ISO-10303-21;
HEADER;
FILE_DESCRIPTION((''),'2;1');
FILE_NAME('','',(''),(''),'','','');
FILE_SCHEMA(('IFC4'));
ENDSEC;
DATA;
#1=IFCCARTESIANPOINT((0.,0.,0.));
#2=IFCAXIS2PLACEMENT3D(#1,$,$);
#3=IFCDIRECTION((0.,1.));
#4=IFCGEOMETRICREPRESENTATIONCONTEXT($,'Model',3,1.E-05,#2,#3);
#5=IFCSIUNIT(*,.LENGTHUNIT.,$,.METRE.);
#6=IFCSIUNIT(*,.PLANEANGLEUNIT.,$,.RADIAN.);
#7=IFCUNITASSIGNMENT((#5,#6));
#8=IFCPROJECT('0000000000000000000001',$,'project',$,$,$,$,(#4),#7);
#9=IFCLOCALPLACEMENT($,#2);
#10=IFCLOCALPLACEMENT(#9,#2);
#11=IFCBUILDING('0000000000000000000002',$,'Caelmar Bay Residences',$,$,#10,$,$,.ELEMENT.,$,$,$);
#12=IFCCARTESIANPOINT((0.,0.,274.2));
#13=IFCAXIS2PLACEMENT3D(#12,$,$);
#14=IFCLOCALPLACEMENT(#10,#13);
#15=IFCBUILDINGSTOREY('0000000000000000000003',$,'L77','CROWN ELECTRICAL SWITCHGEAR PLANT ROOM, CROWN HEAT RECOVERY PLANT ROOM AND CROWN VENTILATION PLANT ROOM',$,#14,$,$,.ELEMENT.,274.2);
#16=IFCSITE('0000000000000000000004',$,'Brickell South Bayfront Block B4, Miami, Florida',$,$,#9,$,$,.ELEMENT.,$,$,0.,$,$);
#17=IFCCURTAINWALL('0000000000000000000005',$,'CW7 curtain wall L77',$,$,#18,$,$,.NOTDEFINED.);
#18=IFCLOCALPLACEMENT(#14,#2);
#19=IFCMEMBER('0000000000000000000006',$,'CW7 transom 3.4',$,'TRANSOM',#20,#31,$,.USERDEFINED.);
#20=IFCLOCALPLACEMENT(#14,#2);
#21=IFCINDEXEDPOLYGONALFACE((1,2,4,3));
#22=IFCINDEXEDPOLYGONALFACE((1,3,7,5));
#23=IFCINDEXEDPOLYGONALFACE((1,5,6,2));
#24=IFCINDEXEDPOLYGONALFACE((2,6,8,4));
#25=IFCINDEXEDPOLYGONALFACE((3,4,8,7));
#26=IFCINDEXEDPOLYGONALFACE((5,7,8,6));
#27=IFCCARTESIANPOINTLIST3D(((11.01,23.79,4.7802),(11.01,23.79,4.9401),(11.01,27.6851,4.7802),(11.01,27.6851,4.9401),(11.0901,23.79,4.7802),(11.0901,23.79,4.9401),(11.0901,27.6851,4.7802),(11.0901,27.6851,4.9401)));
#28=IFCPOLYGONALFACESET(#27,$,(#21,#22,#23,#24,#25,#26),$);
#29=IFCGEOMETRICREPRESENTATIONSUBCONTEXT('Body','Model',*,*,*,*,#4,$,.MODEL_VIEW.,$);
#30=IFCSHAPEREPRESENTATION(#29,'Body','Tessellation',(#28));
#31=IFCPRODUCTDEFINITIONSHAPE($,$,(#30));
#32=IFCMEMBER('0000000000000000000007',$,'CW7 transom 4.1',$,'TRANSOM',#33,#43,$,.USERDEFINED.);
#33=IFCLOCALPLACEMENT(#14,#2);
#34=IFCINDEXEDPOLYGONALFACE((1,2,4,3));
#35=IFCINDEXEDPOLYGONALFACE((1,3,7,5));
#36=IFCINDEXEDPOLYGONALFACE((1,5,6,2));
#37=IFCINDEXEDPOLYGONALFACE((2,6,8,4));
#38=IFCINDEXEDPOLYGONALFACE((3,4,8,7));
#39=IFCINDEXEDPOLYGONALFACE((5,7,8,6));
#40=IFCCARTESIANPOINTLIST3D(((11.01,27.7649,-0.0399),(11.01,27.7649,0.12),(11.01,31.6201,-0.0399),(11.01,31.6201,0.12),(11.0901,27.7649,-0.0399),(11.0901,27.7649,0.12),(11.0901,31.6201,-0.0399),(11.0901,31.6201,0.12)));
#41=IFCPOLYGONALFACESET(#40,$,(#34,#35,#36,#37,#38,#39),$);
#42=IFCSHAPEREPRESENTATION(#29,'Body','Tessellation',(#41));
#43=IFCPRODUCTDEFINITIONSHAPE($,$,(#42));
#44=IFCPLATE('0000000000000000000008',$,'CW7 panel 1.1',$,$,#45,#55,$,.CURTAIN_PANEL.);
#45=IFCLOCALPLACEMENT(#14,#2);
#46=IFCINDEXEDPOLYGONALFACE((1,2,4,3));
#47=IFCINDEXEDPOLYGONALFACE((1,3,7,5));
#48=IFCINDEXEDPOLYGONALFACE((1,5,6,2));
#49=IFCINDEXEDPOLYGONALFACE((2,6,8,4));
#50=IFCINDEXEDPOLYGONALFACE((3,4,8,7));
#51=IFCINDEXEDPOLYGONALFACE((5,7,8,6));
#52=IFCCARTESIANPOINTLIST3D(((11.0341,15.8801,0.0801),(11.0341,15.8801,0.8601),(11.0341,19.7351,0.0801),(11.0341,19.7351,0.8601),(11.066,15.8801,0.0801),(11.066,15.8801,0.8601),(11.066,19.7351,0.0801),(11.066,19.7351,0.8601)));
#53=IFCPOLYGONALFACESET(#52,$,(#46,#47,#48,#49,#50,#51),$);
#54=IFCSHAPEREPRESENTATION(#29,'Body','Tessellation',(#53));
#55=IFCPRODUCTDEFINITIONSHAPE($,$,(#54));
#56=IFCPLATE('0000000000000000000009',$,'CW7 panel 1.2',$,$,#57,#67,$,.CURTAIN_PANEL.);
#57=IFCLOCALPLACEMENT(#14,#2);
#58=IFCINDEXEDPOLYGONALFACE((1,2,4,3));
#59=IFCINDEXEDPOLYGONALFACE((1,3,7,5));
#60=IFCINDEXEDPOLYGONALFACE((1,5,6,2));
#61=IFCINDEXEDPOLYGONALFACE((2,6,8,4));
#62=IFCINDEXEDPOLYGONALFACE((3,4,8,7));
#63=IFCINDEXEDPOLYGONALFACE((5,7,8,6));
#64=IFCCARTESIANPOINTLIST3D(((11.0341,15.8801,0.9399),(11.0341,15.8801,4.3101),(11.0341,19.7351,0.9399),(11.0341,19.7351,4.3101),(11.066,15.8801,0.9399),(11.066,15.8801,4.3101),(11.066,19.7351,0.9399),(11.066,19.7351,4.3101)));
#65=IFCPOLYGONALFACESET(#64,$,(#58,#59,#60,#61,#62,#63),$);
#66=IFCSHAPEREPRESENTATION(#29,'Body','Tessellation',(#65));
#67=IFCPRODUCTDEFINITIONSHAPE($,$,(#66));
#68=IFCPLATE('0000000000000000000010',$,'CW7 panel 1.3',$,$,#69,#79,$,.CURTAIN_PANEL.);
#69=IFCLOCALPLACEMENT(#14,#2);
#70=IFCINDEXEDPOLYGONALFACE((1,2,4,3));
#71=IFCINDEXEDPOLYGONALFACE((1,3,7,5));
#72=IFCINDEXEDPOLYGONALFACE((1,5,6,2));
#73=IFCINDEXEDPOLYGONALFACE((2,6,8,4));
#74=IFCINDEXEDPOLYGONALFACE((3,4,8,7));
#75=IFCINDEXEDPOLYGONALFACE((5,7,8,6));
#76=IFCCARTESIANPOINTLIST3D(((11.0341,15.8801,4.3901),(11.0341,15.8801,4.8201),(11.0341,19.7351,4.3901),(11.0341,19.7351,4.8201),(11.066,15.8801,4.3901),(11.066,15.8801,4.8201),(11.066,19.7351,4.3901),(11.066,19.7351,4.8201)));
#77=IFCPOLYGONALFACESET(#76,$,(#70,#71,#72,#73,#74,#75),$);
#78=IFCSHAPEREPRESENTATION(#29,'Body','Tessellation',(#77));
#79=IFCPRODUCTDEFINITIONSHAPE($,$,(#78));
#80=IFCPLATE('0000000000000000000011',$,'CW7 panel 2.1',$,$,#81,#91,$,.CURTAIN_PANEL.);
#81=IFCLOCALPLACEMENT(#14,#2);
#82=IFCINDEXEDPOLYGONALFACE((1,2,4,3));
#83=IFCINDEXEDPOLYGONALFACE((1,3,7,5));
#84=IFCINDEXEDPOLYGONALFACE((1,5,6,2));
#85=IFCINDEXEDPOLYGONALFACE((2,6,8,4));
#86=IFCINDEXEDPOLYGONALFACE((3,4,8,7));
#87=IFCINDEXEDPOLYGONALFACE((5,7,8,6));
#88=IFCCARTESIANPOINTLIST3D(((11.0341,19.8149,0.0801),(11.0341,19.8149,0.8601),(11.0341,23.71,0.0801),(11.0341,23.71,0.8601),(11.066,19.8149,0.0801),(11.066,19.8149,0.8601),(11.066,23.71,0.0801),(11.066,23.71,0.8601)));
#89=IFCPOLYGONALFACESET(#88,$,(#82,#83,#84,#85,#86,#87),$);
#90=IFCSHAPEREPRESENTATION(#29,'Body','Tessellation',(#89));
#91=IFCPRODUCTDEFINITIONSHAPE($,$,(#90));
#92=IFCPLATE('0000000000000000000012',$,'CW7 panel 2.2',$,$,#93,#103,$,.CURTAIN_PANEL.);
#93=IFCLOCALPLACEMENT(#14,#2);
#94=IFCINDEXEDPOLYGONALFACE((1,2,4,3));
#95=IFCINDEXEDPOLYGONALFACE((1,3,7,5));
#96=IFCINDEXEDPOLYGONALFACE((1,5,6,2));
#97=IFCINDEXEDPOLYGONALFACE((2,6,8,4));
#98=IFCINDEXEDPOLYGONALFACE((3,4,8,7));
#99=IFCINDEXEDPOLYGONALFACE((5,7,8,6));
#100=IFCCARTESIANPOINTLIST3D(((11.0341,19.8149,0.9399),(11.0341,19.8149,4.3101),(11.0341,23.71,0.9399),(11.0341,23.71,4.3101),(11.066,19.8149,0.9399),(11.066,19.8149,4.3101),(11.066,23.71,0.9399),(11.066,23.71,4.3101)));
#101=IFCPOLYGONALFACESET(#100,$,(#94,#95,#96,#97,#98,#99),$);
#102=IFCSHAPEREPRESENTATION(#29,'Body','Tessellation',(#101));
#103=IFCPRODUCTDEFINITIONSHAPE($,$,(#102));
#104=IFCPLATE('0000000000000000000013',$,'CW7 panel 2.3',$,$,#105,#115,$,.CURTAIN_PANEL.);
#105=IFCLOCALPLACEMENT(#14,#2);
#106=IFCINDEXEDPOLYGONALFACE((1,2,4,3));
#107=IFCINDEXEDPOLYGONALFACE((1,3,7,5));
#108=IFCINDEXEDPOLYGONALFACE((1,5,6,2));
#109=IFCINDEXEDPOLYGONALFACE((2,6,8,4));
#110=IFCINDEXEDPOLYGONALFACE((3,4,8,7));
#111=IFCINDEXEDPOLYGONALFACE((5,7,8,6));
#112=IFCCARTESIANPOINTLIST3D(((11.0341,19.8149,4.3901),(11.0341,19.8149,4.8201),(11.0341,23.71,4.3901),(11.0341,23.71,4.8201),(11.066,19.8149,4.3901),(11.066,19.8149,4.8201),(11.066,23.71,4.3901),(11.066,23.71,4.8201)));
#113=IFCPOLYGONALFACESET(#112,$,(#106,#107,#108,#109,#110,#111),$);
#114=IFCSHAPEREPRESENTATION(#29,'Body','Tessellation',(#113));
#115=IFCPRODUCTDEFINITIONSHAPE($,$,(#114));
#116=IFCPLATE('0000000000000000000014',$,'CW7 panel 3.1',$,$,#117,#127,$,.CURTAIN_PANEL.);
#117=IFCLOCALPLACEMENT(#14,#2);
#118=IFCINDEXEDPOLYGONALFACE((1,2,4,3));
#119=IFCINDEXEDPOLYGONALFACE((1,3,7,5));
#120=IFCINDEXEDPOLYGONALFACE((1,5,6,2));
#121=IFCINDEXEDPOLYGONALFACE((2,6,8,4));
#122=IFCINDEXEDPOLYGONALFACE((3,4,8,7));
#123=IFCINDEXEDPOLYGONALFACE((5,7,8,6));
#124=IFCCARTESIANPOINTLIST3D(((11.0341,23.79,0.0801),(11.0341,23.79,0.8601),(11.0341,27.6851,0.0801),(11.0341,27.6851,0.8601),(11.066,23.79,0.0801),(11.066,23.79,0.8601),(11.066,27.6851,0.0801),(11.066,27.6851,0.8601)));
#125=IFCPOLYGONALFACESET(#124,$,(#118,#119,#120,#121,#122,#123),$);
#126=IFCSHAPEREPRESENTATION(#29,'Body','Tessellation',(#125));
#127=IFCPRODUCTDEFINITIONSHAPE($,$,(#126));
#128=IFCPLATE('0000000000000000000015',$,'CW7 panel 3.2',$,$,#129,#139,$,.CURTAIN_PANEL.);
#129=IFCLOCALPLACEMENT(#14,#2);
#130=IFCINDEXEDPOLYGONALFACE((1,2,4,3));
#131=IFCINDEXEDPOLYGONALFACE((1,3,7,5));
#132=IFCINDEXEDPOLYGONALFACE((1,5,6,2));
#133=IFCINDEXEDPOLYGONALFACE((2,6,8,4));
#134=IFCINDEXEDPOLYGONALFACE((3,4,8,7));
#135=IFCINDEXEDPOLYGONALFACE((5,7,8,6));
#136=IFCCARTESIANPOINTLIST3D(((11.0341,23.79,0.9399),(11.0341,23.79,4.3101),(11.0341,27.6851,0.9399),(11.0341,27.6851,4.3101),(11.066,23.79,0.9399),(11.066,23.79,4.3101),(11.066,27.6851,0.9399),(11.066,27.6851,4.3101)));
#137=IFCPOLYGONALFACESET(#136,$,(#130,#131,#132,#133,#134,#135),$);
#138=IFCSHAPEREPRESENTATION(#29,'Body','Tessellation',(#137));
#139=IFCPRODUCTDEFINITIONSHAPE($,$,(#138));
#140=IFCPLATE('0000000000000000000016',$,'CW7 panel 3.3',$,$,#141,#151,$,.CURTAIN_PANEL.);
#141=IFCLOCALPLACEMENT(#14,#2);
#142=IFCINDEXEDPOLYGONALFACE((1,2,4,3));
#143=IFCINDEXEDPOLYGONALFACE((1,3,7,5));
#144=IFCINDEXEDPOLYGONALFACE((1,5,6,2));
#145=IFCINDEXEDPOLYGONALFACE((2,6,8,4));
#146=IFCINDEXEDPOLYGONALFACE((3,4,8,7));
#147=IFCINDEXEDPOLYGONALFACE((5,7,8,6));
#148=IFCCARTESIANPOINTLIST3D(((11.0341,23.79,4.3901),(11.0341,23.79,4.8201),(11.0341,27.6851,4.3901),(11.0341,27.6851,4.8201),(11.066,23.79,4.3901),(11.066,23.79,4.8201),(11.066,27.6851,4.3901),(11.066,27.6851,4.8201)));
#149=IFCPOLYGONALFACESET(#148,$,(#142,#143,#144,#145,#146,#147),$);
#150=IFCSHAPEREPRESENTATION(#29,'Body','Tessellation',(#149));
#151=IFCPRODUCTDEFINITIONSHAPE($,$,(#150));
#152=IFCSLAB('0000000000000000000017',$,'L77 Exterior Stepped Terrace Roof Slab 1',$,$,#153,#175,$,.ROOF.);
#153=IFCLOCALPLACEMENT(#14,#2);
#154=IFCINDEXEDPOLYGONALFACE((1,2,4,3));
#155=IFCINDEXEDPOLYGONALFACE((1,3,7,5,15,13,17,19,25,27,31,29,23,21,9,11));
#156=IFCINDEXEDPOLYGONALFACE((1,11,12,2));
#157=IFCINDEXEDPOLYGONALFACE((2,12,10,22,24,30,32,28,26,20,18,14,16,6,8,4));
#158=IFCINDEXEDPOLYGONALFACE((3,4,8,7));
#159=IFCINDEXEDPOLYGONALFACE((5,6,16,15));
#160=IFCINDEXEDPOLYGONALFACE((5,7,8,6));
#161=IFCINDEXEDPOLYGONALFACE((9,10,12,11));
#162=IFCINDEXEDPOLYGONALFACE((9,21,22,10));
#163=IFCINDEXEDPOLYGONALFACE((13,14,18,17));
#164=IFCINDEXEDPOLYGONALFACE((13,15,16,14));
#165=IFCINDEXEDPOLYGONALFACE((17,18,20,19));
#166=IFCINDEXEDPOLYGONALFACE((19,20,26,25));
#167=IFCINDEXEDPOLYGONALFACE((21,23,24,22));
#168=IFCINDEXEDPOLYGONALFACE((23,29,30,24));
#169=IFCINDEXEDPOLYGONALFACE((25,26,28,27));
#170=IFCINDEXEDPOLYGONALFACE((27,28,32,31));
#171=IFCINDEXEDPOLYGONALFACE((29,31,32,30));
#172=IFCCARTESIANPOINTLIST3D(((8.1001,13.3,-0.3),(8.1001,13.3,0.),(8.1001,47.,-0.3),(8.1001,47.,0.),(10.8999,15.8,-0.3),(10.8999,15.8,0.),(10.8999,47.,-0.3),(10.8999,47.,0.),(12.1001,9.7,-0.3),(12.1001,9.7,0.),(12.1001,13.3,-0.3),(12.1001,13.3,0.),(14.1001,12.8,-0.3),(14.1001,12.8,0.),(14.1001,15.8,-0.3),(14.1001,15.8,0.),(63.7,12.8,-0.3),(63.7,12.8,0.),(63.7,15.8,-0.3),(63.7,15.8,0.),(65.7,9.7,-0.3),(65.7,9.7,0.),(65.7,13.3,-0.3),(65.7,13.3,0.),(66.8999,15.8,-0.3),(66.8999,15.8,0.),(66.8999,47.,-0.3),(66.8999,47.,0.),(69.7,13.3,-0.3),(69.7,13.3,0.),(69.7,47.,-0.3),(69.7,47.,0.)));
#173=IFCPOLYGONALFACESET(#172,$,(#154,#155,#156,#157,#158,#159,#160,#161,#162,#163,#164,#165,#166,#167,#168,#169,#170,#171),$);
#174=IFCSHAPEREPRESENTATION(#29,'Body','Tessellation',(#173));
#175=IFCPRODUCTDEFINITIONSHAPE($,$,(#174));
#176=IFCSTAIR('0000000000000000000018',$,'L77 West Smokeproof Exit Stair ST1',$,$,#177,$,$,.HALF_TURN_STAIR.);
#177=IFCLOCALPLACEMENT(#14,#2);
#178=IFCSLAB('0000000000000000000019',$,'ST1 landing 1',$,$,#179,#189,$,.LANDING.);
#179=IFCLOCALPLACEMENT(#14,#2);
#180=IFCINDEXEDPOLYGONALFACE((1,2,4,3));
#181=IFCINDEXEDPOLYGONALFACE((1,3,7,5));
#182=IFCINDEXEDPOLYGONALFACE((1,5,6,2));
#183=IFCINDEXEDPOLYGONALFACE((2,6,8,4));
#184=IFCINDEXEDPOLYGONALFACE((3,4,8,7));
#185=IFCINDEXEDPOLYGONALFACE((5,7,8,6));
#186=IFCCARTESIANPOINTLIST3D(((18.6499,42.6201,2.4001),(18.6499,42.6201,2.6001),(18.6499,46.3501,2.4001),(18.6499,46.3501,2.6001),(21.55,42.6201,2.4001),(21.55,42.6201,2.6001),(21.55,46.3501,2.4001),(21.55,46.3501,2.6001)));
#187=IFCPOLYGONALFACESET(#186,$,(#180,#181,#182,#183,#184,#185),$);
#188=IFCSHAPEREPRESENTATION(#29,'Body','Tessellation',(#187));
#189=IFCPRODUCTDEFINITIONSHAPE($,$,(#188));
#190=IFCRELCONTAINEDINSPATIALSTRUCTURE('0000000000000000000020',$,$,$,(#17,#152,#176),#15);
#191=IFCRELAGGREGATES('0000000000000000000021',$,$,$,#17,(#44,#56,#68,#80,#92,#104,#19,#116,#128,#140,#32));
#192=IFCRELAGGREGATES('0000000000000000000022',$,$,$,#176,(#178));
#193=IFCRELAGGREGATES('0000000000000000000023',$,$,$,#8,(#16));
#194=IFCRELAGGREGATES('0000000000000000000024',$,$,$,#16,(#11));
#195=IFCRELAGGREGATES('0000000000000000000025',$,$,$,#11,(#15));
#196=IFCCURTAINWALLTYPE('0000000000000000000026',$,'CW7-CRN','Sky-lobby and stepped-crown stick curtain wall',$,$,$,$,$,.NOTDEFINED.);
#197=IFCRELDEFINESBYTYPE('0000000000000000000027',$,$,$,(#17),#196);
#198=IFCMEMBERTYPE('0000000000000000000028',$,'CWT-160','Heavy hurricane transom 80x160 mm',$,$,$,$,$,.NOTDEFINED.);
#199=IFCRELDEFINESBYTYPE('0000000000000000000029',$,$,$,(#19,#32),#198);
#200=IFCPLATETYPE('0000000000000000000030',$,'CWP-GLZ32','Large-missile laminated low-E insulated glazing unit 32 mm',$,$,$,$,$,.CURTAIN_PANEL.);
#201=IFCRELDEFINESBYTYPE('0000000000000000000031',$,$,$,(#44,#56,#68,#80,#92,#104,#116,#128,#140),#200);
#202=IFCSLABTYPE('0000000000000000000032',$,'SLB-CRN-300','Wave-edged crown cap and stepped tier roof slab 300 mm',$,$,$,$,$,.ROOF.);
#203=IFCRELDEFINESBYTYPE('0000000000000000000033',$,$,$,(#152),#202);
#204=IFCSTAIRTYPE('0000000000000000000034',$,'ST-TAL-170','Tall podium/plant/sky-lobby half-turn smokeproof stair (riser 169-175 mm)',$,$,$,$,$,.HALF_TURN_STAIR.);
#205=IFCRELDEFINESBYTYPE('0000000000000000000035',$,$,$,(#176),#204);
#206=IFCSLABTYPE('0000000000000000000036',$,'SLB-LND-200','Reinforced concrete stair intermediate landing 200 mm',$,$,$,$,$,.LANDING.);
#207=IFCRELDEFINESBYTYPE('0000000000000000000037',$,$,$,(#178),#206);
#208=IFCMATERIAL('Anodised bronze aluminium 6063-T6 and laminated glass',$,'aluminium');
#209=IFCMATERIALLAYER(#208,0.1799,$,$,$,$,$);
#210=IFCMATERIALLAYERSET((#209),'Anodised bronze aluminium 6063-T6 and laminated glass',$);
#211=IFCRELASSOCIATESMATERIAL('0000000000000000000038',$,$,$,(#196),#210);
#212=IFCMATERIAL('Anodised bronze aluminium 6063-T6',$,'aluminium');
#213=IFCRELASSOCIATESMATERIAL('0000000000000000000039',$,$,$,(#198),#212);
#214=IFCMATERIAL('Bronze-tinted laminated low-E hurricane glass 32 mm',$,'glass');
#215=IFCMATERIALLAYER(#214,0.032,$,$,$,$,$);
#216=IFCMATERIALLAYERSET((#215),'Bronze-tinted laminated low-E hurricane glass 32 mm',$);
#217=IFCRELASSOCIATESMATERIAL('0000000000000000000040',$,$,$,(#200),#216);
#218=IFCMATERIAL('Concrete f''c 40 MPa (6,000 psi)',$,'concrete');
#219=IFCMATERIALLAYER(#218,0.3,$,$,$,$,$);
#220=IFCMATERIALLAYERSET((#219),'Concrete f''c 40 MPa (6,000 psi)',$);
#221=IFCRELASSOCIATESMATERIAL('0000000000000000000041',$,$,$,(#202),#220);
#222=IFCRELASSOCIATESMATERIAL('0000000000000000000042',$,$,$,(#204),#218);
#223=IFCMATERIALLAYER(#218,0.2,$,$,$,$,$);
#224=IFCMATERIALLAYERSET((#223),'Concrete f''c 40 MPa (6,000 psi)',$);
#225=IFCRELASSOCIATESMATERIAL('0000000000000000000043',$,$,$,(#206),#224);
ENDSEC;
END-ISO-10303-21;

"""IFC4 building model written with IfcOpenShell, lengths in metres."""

from ifc_helpers import new_model, si_unit, direction, frame, origin, origin_2d, place, context, subcontext, project, spatial, polyline, rectangle, outline, extrude, material, layer, layer_set, material_profile, profile_set, type_object, element, aggregate, save


model = new_model("IFC4")

# Units and contexts
model_context = context("Model", 3, precision=1e-05, world=origin(), true_north=direction((0.0, 1.0)))
body_context = subcontext(model_context, "Body", "Model", "MODEL_VIEW")
ifc_project = project(units=[si_unit("LENGTHUNIT", "METRE"), si_unit("PLANEANGLEUNIT", "RADIAN")], contexts=[model_context])

# Site, building, storey
site_placement = place(None, origin())
site = spatial("IfcSite", under=ifc_project, at=site_placement, Name="Brickell South Bayfront Block B4, Miami, Florida", CompositionType="ELEMENT", RefElevation=0.0)
building_placement = place(site_placement, origin())
building = spatial("IfcBuilding", under=site, at=building_placement, Name="Caelmar Bay Residences", CompositionType="ELEMENT")
storey_placement = place(building_placement, frame((0.0, 0.0, 274.2)))
storey = spatial("IfcBuildingStorey", under=building, at=storey_placement, Name="L77", Description="CROWN ELECTRICAL SWITCHGEAR PLANT ROOM, CROWN HEAT RECOVERY PLANT ROOM AND CROWN VENTILATION PLANT ROOM", CompositionType="ELEMENT", Elevation=274.2)

# Curtain wall, members, plates
ifc_material_1 = material(Name="Anodised bronze aluminium 6063-T6 and laminated glass", Category="aluminium")
ifc_layer_1 = layer(ifc_material_1, 0.1799)
ifc_layer_set_1 = layer_set([ifc_layer_1], Name="Anodised bronze aluminium 6063-T6 and laminated glass")
curtain_wall_type = type_object("IfcCurtainWallType", Name="CW7-CRN", Description="Sky-lobby and stepped-crown stick curtain wall", PredefinedType="NOTDEFINED", material=ifc_layer_set_1)
curtain_wall_placement = place(storey_placement, origin())
curtain_wall = element("IfcCurtainWall", 1, at=curtain_wall_placement, inside=storey, type_object=curtain_wall_type, Name="CW7 curtain wall L77", PredefinedType="NOTDEFINED")
ifc_material_2 = material(Name="Anodised bronze aluminium 6063-T6", Category="aluminium")
ifc_material_profile_1 = material_profile(ifc_material_2, rectangle(XDim=0.0801, YDim=0.1599, at=origin_2d()), Name="CWT-80X160")
ifc_profile_set_1 = profile_set([ifc_material_profile_1], Name="Anodised bronze aluminium 6063-T6")
member_type_1 = type_object("IfcMemberType", Name="CWT-160", Description="Heavy hurricane transom 80x160 mm", PredefinedType="NOTDEFINED", material=ifc_profile_set_1)
member_1_placement = place(storey_placement, frame((11.05, 23.79, 4.8601), z_axis=(0.0, 1.0, 0.0), x_axis=(-1.0, 0.0, 0.0)))
member_1 = element("IfcMember", 2, at=member_1_placement, type_object=member_type_1, Name="CW7 transom 3.4", ObjectType="TRANSOM", PredefinedType="USERDEFINED", context=body_context, shape_type="SweptSolid", body=[
    extrude(rectangle(XDim=0.0801, YDim=0.1599, at=origin_2d()), origin(), (0.0, 0.0, 1.0), 3.895),
])
member_2_placement = place(storey_placement, frame((11.05, 27.7649, 0.04), z_axis=(0.0, 1.0, 0.0), x_axis=(-1.0, 0.0, 0.0)))
member_2 = element("IfcMember", 3, at=member_2_placement, type_object=member_type_1, Name="CW7 transom 4.1", ObjectType="TRANSOM", PredefinedType="USERDEFINED", context=body_context, shape_type="SweptSolid", body=[
    extrude(rectangle(XDim=0.0801, YDim=0.1599, at=origin_2d()), origin(), (0.0, 0.0, 1.0), 3.8552),
])
ifc_material_3 = material(Name="Bronze-tinted laminated low-E hurricane glass 32 mm", Category="glass")
ifc_layer_2 = layer(ifc_material_3, 0.032)
ifc_layer_set_2 = layer_set([ifc_layer_2], Name="Bronze-tinted laminated low-E hurricane glass 32 mm")
plate_type = type_object("IfcPlateType", Name="CWP-GLZ32", Description="Large-missile laminated low-E insulated glazing unit 32 mm", PredefinedType="CURTAIN_PANEL", material=ifc_layer_set_2)
plate_1_placement = place(storey_placement, frame((11.05, 17.8076, 0.0801), z_axis=(0.0, 0.0, 1.0), x_axis=(0.0, 1.0, 0.0)))
plate_1 = element("IfcPlate", 4, at=plate_1_placement, type_object=plate_type, Name="CW7 panel 1.1", PredefinedType="CURTAIN_PANEL", context=body_context, shape_type="SweptSolid", body=[
    extrude(rectangle(XDim=3.855, YDim=0.032, at=origin_2d()), origin(), (0.0, 0.0, 1.0), 0.78),
])
plate_2_placement = place(storey_placement, frame((11.05, 17.8076, 0.9399), z_axis=(0.0, 0.0, 1.0), x_axis=(0.0, 1.0, 0.0)))
plate_2 = element("IfcPlate", 5, at=plate_2_placement, type_object=plate_type, Name="CW7 panel 1.2", PredefinedType="CURTAIN_PANEL", context=body_context, shape_type="SweptSolid", body=[
    extrude(rectangle(XDim=3.855, YDim=0.032, at=origin_2d()), origin(), (0.0, 0.0, 1.0), 3.3701),
])
plate_3_placement = place(storey_placement, frame((11.05, 17.8076, 4.3901), z_axis=(0.0, 0.0, 1.0), x_axis=(0.0, 1.0, 0.0)))
plate_3 = element("IfcPlate", 6, at=plate_3_placement, type_object=plate_type, Name="CW7 panel 1.3", PredefinedType="CURTAIN_PANEL", context=body_context, shape_type="SweptSolid", body=[
    extrude(rectangle(XDim=3.855, YDim=0.032, at=origin_2d()), origin(), (0.0, 0.0, 1.0), 0.4299),
])
plate_4_placement = place(storey_placement, frame((11.05, 21.7625, 0.0801), z_axis=(0.0, 0.0, 1.0), x_axis=(0.0, 1.0, 0.0)))
plate_4 = element("IfcPlate", 7, at=plate_4_placement, type_object=plate_type, Name="CW7 panel 2.1", PredefinedType="CURTAIN_PANEL", context=body_context, shape_type="SweptSolid", body=[
    extrude(rectangle(XDim=3.895, YDim=0.032, at=origin_2d()), origin(), (0.0, 0.0, 1.0), 0.78),
])
plate_5_placement = place(storey_placement, frame((11.05, 21.7625, 0.9399), z_axis=(0.0, 0.0, 1.0), x_axis=(0.0, 1.0, 0.0)))
plate_5 = element("IfcPlate", 8, at=plate_5_placement, type_object=plate_type, Name="CW7 panel 2.2", PredefinedType="CURTAIN_PANEL", context=body_context, shape_type="SweptSolid", body=[
    extrude(rectangle(XDim=3.895, YDim=0.032, at=origin_2d()), origin(), (0.0, 0.0, 1.0), 3.3701),
])
plate_6_placement = place(storey_placement, frame((11.05, 21.7625, 4.3901), z_axis=(0.0, 0.0, 1.0), x_axis=(0.0, 1.0, 0.0)))
plate_6 = element("IfcPlate", 9, at=plate_6_placement, type_object=plate_type, Name="CW7 panel 2.3", PredefinedType="CURTAIN_PANEL", context=body_context, shape_type="SweptSolid", body=[
    extrude(rectangle(XDim=3.895, YDim=0.032, at=origin_2d()), origin(), (0.0, 0.0, 1.0), 0.4299),
])
plate_7_placement = place(storey_placement, frame((11.05, 25.7375, 0.0801), z_axis=(0.0, 0.0, 1.0), x_axis=(0.0, 1.0, 0.0)))
plate_7 = element("IfcPlate", 10, at=plate_7_placement, type_object=plate_type, Name="CW7 panel 3.1", PredefinedType="CURTAIN_PANEL", context=body_context, shape_type="SweptSolid", body=[
    extrude(rectangle(XDim=3.895, YDim=0.032, at=origin_2d()), origin(), (0.0, 0.0, 1.0), 0.78),
])
plate_8_placement = place(storey_placement, frame((11.05, 25.7375, 0.9399), z_axis=(0.0, 0.0, 1.0), x_axis=(0.0, 1.0, 0.0)))
plate_8 = element("IfcPlate", 11, at=plate_8_placement, type_object=plate_type, Name="CW7 panel 3.2", PredefinedType="CURTAIN_PANEL", context=body_context, shape_type="SweptSolid", body=[
    extrude(rectangle(XDim=3.895, YDim=0.032, at=origin_2d()), origin(), (0.0, 0.0, 1.0), 3.3701),
])
plate_9_placement = place(storey_placement, frame((11.05, 25.7375, 4.3901), z_axis=(0.0, 0.0, 1.0), x_axis=(0.0, 1.0, 0.0)))
plate_9 = element("IfcPlate", 12, at=plate_9_placement, type_object=plate_type, Name="CW7 panel 3.3", PredefinedType="CURTAIN_PANEL", context=body_context, shape_type="SweptSolid", body=[
    extrude(rectangle(XDim=3.895, YDim=0.032, at=origin_2d()), origin(), (0.0, 0.0, 1.0), 0.4299),
])
aggregate(curtain_wall, [plate_1, plate_2, plate_3, plate_4, plate_5, plate_6, member_1, plate_7, plate_8, plate_9, member_2])

# Slab
ifc_material_4 = material(Name="Concrete f'c 40 MPa (6,000 psi)", Category="concrete")
ifc_layer_3 = layer(ifc_material_4, 0.3)
ifc_layer_set_3 = layer_set([ifc_layer_3], Name="Concrete f'c 40 MPa (6,000 psi)")
slab_type_1 = type_object("IfcSlabType", Name="SLB-CRN-300", Description="Wave-edged crown cap and stepped tier roof slab 300 mm", PredefinedType="ROOF", material=ifc_layer_set_3)
slab_1_placement = place(storey_placement, frame((0.0, 0.0, -0.3)))
element("IfcSlab", 13, at=slab_1_placement, inside=storey, type_object=slab_type_1, Name="L77 Exterior Stepped Terrace Roof Slab 1", PredefinedType="ROOF", context=body_context, shape_type="SweptSolid", body=[
    extrude(outline(polyline([(66.8999, 47.0), (66.8999, 15.8), (63.7, 15.8), (63.7, 12.8), (14.1001, 12.8), (14.1001, 15.8), (10.8999, 15.8), (10.8999, 47.0), (8.1001, 47.0), (8.1001, 13.3), (12.1001, 13.3), (12.1001, 9.7), (65.7, 9.7), (65.7, 13.3), (69.7, 13.3), (69.7, 47.0), (66.8999, 47.0)])), origin(), (0.0, 0.0, 1.0), 0.3),
])

# Stair, slab
stair_type = type_object("IfcStairType", Name="ST-TAL-170", Description="Tall podium/plant/sky-lobby half-turn smokeproof stair (riser 169-175 mm)", PredefinedType="HALF_TURN_STAIR", material=ifc_material_4)
stair_1_placement = place(storey_placement, origin())
stair_1 = element("IfcStair", 14, at=stair_1_placement, inside=storey, type_object=stair_type, Name="L77 West Smokeproof Exit Stair ST1", PredefinedType="HALF_TURN_STAIR")
ifc_layer_4 = layer(ifc_material_4, 0.2)
ifc_layer_set_4 = layer_set([ifc_layer_4], Name="Concrete f'c 40 MPa (6,000 psi)")
slab_type_2 = type_object("IfcSlabType", Name="SLB-LND-200", Description="Reinforced concrete stair intermediate landing 200 mm", PredefinedType="LANDING", material=ifc_layer_set_4)
slab_2_placement = place(storey_placement, frame((0.0, 0.0, 2.4001)))
slab_2 = element("IfcSlab", 15, at=slab_2_placement, type_object=slab_type_2, Name="ST1 landing 1", PredefinedType="LANDING", context=body_context, shape_type="SweptSolid", body=[
    extrude(outline(polyline([(21.55, 42.6201), (21.55, 46.3501), (18.6499, 46.3501), (18.6499, 42.6201), (21.55, 42.6201)])), origin(), (0.0, 0.0, 1.0), 0.2),
])
aggregate(stair_1, [slab_2])

save(model, "model.ifc")
